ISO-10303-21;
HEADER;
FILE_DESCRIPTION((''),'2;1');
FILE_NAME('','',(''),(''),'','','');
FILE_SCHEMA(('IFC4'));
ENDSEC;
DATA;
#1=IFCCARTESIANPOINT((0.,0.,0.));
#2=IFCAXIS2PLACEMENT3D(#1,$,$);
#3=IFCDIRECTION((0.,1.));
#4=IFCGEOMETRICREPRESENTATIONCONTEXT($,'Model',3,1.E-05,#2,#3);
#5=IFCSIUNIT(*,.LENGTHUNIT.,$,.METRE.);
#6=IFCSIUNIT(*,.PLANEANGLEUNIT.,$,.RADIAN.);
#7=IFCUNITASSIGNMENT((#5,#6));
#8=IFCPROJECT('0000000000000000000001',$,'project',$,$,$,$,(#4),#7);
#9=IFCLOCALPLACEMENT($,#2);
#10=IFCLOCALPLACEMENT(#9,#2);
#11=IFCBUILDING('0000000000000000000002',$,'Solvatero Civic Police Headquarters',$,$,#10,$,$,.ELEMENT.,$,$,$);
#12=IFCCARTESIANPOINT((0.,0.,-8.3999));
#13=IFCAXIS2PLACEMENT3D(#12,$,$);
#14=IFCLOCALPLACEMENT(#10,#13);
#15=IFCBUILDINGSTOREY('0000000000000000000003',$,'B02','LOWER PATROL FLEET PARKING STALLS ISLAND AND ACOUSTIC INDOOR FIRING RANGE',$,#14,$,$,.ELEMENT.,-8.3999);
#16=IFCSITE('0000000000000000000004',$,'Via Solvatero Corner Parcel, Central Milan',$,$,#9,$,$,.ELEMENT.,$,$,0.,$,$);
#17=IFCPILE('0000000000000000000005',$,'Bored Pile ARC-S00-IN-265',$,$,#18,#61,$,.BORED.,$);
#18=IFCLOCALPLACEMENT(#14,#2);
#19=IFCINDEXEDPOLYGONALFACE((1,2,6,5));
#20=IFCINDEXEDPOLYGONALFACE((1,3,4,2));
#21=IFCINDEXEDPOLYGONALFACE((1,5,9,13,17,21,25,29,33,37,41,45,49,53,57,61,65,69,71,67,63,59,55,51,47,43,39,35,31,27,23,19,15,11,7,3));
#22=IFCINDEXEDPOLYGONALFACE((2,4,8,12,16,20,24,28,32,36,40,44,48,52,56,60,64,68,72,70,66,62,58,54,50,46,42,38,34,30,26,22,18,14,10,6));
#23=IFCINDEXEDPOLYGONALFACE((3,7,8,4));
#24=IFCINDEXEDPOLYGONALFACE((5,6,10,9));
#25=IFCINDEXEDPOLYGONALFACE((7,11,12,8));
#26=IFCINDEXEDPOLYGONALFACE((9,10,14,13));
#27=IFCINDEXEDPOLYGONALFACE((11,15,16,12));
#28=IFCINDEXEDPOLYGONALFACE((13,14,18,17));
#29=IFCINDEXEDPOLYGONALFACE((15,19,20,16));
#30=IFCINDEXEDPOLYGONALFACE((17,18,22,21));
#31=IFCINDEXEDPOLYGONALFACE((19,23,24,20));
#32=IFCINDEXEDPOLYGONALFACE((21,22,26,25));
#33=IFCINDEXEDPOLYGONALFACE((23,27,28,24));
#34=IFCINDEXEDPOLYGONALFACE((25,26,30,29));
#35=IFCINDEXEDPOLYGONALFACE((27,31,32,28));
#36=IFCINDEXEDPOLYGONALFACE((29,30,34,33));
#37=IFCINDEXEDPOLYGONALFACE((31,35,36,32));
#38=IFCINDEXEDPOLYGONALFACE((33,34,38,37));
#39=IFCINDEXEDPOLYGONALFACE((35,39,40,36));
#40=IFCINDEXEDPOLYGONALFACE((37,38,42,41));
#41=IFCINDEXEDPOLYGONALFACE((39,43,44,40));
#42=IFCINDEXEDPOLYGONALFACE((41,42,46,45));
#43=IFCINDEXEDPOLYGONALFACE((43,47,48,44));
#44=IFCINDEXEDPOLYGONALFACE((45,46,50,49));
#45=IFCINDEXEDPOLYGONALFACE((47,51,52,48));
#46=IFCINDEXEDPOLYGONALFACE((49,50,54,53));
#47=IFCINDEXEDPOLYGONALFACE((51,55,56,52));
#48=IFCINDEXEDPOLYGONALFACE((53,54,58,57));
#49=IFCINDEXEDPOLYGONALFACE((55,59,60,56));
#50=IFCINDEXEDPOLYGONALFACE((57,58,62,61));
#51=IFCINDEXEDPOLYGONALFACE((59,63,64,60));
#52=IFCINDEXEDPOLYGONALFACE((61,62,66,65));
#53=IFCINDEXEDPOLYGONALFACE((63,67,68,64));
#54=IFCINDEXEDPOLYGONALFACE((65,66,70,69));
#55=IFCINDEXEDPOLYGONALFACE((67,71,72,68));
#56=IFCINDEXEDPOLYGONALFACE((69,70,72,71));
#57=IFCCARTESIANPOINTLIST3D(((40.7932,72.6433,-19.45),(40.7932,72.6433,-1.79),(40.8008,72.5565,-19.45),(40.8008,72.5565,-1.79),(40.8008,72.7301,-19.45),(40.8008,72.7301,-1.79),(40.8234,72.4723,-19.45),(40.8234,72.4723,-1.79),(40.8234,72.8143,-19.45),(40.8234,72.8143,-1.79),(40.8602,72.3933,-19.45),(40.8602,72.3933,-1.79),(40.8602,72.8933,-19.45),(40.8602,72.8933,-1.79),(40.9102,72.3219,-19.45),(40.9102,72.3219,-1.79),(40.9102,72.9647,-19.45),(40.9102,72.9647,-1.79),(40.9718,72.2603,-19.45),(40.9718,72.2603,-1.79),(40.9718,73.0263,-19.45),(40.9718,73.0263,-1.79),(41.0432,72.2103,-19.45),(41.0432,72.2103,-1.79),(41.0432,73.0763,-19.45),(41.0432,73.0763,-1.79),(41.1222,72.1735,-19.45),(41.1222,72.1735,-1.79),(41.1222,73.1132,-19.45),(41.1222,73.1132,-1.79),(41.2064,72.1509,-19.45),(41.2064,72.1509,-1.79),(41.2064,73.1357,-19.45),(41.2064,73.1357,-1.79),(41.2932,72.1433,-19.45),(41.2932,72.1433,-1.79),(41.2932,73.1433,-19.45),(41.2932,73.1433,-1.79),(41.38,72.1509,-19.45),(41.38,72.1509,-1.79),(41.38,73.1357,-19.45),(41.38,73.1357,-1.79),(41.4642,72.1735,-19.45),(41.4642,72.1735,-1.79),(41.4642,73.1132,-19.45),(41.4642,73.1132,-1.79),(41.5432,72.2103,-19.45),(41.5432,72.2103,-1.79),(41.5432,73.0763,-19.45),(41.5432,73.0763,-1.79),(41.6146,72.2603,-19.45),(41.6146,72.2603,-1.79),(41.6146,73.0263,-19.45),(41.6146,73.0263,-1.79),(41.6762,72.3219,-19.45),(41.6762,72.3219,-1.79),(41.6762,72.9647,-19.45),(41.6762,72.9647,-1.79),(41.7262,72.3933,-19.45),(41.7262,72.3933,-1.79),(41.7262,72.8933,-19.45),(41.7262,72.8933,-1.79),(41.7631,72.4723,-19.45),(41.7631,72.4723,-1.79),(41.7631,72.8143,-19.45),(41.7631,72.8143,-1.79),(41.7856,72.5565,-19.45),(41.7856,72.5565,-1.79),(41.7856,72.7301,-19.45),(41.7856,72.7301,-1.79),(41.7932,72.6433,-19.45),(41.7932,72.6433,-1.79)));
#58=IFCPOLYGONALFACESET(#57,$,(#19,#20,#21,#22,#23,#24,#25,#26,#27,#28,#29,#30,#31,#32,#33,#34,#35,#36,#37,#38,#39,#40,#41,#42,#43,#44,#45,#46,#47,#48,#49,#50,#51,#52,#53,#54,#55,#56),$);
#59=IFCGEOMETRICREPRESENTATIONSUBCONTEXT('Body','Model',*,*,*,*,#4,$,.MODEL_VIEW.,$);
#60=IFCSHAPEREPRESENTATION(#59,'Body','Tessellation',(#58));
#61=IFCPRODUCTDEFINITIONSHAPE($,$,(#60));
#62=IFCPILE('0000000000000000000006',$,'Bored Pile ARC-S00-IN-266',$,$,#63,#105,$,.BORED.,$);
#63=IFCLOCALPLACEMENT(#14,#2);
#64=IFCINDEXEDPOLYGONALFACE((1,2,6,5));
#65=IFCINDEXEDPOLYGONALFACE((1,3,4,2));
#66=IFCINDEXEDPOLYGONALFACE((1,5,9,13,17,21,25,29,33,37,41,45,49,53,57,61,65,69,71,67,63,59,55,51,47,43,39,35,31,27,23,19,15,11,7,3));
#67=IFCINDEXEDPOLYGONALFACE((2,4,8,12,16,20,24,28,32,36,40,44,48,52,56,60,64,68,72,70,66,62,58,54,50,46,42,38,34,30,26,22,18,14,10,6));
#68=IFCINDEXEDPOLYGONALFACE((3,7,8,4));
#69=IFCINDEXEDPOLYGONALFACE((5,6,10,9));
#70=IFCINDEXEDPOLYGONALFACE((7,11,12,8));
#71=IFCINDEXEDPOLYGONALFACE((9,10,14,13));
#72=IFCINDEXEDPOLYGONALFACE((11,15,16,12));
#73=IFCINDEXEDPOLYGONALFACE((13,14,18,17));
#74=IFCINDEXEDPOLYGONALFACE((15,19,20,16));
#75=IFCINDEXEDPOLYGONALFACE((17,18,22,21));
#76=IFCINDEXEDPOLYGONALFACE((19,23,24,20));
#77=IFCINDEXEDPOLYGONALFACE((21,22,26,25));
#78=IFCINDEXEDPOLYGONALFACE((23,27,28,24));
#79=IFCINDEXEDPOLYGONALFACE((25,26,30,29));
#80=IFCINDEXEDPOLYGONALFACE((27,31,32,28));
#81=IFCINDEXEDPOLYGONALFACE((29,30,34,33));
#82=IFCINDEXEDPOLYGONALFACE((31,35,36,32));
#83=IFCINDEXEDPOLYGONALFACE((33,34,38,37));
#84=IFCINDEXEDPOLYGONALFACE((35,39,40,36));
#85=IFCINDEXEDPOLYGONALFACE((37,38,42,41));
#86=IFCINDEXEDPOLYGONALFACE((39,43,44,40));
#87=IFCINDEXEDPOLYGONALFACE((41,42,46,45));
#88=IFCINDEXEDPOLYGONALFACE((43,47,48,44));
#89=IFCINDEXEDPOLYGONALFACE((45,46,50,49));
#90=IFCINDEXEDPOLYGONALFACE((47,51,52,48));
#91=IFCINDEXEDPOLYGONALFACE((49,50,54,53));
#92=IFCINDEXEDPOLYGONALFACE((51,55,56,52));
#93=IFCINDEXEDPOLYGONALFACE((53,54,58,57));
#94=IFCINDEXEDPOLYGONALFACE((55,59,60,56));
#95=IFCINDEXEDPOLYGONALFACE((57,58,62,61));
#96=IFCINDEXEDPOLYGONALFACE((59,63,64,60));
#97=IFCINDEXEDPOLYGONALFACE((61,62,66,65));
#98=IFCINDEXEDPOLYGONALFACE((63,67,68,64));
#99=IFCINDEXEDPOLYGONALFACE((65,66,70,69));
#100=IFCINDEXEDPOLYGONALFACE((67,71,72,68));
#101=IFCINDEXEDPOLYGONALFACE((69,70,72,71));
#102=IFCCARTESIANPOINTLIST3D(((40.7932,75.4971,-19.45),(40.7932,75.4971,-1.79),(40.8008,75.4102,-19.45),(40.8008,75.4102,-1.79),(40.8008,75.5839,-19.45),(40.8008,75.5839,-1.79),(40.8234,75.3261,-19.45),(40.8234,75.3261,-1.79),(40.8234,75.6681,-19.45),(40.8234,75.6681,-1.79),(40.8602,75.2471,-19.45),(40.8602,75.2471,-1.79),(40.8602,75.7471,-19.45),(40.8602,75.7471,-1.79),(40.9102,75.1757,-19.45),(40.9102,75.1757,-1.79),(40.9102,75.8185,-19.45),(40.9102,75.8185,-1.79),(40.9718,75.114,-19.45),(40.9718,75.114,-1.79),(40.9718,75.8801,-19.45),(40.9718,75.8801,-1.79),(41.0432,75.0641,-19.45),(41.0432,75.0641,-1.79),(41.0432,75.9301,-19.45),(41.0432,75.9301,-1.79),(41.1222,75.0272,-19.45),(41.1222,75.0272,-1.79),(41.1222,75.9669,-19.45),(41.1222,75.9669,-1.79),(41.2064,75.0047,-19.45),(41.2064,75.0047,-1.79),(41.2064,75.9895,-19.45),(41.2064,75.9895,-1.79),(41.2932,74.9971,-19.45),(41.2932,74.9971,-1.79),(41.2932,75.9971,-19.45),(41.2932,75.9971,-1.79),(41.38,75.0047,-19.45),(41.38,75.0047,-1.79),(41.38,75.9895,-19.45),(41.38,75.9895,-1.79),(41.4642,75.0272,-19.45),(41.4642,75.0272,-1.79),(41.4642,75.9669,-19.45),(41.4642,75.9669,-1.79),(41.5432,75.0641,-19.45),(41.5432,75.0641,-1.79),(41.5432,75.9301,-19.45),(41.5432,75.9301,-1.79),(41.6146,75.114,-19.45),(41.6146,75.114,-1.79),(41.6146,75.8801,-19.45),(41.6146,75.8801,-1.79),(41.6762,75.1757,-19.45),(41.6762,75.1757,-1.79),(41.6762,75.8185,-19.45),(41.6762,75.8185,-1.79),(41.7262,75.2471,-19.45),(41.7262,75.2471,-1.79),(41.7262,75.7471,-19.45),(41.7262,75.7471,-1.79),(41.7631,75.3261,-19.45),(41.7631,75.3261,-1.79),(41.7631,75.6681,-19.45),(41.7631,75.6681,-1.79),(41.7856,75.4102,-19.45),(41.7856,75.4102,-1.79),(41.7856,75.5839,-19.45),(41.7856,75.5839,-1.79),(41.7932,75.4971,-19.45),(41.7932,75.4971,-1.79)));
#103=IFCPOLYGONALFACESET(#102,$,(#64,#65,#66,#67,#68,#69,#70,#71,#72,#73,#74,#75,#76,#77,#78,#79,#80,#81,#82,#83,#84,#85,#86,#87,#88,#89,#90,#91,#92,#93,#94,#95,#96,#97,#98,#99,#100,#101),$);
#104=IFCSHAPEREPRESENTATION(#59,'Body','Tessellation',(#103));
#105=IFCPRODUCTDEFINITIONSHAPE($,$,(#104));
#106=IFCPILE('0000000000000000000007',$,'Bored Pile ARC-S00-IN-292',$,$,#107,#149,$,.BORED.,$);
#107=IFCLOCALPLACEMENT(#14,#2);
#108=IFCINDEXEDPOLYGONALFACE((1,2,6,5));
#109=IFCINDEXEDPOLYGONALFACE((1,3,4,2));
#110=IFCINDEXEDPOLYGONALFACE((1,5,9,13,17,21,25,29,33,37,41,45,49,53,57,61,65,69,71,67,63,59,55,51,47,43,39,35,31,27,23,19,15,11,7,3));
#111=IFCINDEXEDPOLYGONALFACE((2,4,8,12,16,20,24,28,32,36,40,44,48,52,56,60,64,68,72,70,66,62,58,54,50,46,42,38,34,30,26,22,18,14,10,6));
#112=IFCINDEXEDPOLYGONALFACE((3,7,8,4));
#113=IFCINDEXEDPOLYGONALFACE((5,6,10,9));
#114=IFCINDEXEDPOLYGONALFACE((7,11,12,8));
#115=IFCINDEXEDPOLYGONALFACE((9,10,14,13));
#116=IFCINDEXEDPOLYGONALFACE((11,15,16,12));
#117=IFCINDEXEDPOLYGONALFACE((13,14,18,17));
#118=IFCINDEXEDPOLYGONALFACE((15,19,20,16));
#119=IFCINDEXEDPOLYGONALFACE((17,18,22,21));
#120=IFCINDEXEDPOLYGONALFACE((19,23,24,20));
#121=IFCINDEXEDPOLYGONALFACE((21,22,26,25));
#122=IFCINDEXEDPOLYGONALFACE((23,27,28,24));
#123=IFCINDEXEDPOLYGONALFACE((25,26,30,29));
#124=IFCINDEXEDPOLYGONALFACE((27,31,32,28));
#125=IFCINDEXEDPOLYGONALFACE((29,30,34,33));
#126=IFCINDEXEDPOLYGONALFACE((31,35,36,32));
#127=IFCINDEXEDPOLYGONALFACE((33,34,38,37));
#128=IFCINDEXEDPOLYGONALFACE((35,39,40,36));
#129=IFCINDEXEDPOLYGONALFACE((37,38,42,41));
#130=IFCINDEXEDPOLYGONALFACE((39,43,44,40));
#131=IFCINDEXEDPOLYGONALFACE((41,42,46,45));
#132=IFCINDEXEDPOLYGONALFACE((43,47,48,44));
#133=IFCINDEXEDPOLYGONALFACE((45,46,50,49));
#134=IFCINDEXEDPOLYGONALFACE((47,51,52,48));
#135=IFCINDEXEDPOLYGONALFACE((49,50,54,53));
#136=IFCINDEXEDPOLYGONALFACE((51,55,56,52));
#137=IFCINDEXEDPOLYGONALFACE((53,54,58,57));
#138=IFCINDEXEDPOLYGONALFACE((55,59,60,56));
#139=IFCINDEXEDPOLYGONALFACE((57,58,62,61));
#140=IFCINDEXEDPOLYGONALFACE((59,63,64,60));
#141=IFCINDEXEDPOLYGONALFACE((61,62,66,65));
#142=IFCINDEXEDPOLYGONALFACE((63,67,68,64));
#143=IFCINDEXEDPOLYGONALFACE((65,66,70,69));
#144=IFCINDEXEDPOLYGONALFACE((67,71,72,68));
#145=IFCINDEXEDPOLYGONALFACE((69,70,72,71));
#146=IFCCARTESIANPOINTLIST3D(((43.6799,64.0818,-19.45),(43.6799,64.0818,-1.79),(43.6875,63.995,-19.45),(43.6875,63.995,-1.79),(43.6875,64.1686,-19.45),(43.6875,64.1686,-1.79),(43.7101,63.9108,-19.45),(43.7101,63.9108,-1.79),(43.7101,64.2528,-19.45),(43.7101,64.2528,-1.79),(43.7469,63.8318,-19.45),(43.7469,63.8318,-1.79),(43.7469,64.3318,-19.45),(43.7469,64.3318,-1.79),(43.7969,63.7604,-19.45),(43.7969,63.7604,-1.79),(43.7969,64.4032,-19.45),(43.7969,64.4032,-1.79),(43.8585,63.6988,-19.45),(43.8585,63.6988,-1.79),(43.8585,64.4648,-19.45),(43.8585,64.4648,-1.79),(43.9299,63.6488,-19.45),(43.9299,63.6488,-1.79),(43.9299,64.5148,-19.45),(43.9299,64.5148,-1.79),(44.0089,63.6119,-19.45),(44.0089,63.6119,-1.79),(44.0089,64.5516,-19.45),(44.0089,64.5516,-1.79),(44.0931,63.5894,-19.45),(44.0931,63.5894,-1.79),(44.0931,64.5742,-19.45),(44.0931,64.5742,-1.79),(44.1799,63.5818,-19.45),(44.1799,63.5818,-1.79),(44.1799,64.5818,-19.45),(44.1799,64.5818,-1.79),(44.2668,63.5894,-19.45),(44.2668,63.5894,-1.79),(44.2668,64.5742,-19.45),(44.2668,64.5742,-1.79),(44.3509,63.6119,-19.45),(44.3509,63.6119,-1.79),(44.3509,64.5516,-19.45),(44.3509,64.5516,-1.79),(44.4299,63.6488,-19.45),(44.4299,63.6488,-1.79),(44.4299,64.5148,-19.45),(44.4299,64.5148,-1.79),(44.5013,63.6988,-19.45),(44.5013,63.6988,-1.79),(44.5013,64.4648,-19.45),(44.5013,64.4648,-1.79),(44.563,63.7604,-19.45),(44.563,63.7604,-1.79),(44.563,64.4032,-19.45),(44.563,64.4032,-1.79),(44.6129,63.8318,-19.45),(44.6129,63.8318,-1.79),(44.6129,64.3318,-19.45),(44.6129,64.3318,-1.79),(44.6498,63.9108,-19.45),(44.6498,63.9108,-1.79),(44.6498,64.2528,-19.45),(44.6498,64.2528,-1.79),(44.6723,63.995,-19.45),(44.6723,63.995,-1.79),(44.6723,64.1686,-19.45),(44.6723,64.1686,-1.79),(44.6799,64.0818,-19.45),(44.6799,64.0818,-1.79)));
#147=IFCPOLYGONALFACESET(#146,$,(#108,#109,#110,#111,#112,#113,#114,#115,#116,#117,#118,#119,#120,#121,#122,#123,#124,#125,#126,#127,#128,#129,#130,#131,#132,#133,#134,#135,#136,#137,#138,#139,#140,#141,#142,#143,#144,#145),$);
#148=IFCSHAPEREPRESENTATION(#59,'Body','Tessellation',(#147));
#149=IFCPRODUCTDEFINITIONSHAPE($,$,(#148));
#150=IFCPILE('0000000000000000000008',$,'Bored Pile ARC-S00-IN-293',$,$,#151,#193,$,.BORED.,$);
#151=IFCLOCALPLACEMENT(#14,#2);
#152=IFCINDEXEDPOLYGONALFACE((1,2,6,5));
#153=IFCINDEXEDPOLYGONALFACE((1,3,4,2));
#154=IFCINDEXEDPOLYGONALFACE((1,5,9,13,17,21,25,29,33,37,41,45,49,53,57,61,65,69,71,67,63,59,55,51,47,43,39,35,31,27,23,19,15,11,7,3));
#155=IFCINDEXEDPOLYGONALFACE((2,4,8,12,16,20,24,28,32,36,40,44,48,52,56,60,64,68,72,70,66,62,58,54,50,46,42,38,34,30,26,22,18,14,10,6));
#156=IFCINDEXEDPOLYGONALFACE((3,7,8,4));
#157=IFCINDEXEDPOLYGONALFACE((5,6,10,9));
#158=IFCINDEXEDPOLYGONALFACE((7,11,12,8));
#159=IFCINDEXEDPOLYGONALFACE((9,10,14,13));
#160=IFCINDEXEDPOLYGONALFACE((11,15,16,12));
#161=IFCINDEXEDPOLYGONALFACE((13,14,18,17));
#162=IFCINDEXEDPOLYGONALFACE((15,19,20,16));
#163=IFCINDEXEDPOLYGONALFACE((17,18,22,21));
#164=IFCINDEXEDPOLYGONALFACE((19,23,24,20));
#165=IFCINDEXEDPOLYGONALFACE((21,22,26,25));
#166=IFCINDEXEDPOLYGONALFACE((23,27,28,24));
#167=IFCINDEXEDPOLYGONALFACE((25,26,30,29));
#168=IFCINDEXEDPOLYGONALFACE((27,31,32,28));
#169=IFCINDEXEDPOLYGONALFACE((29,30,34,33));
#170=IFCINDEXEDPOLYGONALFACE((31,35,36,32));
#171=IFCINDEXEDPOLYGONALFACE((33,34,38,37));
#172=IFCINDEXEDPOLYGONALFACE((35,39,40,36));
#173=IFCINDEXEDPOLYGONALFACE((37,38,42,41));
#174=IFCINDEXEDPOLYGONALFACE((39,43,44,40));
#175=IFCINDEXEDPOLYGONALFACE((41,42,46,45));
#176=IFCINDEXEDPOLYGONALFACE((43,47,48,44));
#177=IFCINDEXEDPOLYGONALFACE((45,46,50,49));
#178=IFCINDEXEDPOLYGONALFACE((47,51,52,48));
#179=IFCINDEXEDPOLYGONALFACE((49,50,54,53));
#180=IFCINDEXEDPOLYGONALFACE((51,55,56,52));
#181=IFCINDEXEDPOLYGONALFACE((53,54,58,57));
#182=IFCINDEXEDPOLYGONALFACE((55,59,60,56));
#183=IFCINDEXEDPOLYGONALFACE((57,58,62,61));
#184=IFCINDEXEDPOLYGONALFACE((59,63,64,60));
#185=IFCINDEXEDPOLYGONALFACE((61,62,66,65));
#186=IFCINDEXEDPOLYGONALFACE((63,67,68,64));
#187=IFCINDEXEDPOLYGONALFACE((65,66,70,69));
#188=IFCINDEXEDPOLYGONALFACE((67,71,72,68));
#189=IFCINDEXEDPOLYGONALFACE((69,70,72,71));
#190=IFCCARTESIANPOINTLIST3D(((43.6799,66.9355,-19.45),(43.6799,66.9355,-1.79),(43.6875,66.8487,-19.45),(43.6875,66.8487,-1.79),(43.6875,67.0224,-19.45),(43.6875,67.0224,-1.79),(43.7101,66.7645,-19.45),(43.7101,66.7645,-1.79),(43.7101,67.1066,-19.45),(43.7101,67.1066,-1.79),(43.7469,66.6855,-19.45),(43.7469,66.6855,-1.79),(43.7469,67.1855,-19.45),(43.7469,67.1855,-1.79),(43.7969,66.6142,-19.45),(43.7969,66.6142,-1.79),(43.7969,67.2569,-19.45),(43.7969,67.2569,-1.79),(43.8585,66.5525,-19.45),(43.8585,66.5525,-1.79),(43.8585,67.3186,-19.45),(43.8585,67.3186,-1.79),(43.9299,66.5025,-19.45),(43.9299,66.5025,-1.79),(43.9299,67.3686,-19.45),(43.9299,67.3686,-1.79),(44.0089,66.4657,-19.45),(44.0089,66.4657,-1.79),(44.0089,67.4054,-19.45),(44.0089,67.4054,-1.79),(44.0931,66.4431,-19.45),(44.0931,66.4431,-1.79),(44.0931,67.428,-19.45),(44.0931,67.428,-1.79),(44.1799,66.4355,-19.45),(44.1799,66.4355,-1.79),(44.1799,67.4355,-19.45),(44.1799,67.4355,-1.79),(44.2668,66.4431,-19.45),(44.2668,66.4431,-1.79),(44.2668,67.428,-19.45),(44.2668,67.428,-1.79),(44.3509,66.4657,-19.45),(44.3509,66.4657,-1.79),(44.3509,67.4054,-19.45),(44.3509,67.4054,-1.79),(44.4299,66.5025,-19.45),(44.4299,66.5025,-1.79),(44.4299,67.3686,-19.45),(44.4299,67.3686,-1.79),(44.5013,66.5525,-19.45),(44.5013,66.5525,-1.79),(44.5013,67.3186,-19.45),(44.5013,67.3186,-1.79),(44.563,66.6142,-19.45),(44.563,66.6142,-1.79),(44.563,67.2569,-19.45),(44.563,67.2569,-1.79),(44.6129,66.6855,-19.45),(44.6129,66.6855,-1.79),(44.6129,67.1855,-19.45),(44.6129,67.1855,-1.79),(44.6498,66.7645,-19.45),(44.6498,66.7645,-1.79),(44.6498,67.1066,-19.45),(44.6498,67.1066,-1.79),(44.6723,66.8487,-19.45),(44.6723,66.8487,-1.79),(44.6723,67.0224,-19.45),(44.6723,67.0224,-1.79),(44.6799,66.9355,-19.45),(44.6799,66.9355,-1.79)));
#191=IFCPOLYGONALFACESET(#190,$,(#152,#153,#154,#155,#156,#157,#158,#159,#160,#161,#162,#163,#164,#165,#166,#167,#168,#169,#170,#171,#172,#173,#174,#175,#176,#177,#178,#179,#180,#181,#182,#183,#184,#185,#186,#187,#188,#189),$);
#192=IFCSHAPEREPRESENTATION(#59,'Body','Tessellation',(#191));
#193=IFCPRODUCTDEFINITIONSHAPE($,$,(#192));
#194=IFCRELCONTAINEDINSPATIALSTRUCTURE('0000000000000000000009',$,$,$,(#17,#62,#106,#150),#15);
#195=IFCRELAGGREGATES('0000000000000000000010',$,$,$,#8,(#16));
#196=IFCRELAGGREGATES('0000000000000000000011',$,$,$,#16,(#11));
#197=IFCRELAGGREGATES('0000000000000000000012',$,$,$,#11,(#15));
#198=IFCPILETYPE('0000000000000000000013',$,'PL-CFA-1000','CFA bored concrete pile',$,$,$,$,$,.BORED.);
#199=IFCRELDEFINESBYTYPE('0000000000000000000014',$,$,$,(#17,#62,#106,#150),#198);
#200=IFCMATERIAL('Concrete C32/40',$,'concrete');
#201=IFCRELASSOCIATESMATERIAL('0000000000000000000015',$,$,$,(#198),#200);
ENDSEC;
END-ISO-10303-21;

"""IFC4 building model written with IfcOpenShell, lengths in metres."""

from ifc_helpers import new_model, si_unit, direction, frame, origin, origin_2d, place, context, subcontext, project, spatial, circle, extrude, material, material_profile, profile_set, type_object, element, save


model = new_model("IFC4")

# Units and contexts
model_context = context("Model", 3, precision=1e-05, world=origin(), true_north=direction((0.0, 1.0)))
body_context = subcontext(model_context, "Body", "Model", "MODEL_VIEW")
ifc_project = project(units=[si_unit("LENGTHUNIT", "METRE"), si_unit("PLANEANGLEUNIT", "RADIAN")], contexts=[model_context])

# Site, building, storey
site_placement = place(None, origin())
site = spatial("IfcSite", under=ifc_project, at=site_placement, Name="Via Solvatero Corner Parcel, Central Milan", CompositionType="ELEMENT", RefElevation=0.0)
building_placement = place(site_placement, origin())
building = spatial("IfcBuilding", under=site, at=building_placement, Name="Solvatero Civic Police Headquarters", CompositionType="ELEMENT")
storey_placement = place(building_placement, frame((0.0, 0.0, -8.3999)))
storey = spatial("IfcBuildingStorey", under=building, at=storey_placement, Name="B02", Description="LOWER PATROL FLEET PARKING STALLS ISLAND AND ACOUSTIC INDOOR FIRING RANGE", CompositionType="ELEMENT", Elevation=-8.3999)

# Piles
ifc_material_1 = material(Name="Concrete C32/40", Category="concrete")
ifc_material_profile_1 = material_profile(ifc_material_1, circle(Radius=0.5, at=origin_2d()), Name="CFA PILE D1000")
ifc_profile_set_1 = profile_set([ifc_material_profile_1], Name="Concrete C32/40")
pile_type = type_object("IfcPileType", Name="PL-CFA-1000", Description="CFA bored concrete pile", PredefinedType="BORED", material=ifc_profile_set_1)
for number, where, z_axis, x_axis, name in (
    (1, (41.2932, 72.6433, -1.79), (0.0, 0.0, -1.0), (1.0, 0.0, 0.0), "Bored Pile ARC-S00-IN-265"),
    (2, (41.2932, 75.4971, -1.79), (0.0, 0.0, -1.0), (1.0, 0.0, 0.0), "Bored Pile ARC-S00-IN-266"),
    (3, (44.1799, 64.0818, -1.79), (0.0, 0.0, -1.0), (1.0, 0.0, 0.0), "Bored Pile ARC-S00-IN-292"),
    (4, (44.1799, 66.9355, -1.79), (0.0, 0.0, -1.0), (1.0, 0.0, 0.0), "Bored Pile ARC-S00-IN-293"),
):
    element("IfcPile", number, at=place(storey_placement, frame(where, z_axis=z_axis, x_axis=x_axis)), inside=storey, type_object=pile_type, Name=name, PredefinedType="BORED", context=body_context, shape_type="SweptSolid", body=[
        extrude(circle(Radius=0.5, at=origin_2d()), origin(), (0.0, 0.0, 1.0), 17.6599),
    ])

save(model, "model.ifc")
